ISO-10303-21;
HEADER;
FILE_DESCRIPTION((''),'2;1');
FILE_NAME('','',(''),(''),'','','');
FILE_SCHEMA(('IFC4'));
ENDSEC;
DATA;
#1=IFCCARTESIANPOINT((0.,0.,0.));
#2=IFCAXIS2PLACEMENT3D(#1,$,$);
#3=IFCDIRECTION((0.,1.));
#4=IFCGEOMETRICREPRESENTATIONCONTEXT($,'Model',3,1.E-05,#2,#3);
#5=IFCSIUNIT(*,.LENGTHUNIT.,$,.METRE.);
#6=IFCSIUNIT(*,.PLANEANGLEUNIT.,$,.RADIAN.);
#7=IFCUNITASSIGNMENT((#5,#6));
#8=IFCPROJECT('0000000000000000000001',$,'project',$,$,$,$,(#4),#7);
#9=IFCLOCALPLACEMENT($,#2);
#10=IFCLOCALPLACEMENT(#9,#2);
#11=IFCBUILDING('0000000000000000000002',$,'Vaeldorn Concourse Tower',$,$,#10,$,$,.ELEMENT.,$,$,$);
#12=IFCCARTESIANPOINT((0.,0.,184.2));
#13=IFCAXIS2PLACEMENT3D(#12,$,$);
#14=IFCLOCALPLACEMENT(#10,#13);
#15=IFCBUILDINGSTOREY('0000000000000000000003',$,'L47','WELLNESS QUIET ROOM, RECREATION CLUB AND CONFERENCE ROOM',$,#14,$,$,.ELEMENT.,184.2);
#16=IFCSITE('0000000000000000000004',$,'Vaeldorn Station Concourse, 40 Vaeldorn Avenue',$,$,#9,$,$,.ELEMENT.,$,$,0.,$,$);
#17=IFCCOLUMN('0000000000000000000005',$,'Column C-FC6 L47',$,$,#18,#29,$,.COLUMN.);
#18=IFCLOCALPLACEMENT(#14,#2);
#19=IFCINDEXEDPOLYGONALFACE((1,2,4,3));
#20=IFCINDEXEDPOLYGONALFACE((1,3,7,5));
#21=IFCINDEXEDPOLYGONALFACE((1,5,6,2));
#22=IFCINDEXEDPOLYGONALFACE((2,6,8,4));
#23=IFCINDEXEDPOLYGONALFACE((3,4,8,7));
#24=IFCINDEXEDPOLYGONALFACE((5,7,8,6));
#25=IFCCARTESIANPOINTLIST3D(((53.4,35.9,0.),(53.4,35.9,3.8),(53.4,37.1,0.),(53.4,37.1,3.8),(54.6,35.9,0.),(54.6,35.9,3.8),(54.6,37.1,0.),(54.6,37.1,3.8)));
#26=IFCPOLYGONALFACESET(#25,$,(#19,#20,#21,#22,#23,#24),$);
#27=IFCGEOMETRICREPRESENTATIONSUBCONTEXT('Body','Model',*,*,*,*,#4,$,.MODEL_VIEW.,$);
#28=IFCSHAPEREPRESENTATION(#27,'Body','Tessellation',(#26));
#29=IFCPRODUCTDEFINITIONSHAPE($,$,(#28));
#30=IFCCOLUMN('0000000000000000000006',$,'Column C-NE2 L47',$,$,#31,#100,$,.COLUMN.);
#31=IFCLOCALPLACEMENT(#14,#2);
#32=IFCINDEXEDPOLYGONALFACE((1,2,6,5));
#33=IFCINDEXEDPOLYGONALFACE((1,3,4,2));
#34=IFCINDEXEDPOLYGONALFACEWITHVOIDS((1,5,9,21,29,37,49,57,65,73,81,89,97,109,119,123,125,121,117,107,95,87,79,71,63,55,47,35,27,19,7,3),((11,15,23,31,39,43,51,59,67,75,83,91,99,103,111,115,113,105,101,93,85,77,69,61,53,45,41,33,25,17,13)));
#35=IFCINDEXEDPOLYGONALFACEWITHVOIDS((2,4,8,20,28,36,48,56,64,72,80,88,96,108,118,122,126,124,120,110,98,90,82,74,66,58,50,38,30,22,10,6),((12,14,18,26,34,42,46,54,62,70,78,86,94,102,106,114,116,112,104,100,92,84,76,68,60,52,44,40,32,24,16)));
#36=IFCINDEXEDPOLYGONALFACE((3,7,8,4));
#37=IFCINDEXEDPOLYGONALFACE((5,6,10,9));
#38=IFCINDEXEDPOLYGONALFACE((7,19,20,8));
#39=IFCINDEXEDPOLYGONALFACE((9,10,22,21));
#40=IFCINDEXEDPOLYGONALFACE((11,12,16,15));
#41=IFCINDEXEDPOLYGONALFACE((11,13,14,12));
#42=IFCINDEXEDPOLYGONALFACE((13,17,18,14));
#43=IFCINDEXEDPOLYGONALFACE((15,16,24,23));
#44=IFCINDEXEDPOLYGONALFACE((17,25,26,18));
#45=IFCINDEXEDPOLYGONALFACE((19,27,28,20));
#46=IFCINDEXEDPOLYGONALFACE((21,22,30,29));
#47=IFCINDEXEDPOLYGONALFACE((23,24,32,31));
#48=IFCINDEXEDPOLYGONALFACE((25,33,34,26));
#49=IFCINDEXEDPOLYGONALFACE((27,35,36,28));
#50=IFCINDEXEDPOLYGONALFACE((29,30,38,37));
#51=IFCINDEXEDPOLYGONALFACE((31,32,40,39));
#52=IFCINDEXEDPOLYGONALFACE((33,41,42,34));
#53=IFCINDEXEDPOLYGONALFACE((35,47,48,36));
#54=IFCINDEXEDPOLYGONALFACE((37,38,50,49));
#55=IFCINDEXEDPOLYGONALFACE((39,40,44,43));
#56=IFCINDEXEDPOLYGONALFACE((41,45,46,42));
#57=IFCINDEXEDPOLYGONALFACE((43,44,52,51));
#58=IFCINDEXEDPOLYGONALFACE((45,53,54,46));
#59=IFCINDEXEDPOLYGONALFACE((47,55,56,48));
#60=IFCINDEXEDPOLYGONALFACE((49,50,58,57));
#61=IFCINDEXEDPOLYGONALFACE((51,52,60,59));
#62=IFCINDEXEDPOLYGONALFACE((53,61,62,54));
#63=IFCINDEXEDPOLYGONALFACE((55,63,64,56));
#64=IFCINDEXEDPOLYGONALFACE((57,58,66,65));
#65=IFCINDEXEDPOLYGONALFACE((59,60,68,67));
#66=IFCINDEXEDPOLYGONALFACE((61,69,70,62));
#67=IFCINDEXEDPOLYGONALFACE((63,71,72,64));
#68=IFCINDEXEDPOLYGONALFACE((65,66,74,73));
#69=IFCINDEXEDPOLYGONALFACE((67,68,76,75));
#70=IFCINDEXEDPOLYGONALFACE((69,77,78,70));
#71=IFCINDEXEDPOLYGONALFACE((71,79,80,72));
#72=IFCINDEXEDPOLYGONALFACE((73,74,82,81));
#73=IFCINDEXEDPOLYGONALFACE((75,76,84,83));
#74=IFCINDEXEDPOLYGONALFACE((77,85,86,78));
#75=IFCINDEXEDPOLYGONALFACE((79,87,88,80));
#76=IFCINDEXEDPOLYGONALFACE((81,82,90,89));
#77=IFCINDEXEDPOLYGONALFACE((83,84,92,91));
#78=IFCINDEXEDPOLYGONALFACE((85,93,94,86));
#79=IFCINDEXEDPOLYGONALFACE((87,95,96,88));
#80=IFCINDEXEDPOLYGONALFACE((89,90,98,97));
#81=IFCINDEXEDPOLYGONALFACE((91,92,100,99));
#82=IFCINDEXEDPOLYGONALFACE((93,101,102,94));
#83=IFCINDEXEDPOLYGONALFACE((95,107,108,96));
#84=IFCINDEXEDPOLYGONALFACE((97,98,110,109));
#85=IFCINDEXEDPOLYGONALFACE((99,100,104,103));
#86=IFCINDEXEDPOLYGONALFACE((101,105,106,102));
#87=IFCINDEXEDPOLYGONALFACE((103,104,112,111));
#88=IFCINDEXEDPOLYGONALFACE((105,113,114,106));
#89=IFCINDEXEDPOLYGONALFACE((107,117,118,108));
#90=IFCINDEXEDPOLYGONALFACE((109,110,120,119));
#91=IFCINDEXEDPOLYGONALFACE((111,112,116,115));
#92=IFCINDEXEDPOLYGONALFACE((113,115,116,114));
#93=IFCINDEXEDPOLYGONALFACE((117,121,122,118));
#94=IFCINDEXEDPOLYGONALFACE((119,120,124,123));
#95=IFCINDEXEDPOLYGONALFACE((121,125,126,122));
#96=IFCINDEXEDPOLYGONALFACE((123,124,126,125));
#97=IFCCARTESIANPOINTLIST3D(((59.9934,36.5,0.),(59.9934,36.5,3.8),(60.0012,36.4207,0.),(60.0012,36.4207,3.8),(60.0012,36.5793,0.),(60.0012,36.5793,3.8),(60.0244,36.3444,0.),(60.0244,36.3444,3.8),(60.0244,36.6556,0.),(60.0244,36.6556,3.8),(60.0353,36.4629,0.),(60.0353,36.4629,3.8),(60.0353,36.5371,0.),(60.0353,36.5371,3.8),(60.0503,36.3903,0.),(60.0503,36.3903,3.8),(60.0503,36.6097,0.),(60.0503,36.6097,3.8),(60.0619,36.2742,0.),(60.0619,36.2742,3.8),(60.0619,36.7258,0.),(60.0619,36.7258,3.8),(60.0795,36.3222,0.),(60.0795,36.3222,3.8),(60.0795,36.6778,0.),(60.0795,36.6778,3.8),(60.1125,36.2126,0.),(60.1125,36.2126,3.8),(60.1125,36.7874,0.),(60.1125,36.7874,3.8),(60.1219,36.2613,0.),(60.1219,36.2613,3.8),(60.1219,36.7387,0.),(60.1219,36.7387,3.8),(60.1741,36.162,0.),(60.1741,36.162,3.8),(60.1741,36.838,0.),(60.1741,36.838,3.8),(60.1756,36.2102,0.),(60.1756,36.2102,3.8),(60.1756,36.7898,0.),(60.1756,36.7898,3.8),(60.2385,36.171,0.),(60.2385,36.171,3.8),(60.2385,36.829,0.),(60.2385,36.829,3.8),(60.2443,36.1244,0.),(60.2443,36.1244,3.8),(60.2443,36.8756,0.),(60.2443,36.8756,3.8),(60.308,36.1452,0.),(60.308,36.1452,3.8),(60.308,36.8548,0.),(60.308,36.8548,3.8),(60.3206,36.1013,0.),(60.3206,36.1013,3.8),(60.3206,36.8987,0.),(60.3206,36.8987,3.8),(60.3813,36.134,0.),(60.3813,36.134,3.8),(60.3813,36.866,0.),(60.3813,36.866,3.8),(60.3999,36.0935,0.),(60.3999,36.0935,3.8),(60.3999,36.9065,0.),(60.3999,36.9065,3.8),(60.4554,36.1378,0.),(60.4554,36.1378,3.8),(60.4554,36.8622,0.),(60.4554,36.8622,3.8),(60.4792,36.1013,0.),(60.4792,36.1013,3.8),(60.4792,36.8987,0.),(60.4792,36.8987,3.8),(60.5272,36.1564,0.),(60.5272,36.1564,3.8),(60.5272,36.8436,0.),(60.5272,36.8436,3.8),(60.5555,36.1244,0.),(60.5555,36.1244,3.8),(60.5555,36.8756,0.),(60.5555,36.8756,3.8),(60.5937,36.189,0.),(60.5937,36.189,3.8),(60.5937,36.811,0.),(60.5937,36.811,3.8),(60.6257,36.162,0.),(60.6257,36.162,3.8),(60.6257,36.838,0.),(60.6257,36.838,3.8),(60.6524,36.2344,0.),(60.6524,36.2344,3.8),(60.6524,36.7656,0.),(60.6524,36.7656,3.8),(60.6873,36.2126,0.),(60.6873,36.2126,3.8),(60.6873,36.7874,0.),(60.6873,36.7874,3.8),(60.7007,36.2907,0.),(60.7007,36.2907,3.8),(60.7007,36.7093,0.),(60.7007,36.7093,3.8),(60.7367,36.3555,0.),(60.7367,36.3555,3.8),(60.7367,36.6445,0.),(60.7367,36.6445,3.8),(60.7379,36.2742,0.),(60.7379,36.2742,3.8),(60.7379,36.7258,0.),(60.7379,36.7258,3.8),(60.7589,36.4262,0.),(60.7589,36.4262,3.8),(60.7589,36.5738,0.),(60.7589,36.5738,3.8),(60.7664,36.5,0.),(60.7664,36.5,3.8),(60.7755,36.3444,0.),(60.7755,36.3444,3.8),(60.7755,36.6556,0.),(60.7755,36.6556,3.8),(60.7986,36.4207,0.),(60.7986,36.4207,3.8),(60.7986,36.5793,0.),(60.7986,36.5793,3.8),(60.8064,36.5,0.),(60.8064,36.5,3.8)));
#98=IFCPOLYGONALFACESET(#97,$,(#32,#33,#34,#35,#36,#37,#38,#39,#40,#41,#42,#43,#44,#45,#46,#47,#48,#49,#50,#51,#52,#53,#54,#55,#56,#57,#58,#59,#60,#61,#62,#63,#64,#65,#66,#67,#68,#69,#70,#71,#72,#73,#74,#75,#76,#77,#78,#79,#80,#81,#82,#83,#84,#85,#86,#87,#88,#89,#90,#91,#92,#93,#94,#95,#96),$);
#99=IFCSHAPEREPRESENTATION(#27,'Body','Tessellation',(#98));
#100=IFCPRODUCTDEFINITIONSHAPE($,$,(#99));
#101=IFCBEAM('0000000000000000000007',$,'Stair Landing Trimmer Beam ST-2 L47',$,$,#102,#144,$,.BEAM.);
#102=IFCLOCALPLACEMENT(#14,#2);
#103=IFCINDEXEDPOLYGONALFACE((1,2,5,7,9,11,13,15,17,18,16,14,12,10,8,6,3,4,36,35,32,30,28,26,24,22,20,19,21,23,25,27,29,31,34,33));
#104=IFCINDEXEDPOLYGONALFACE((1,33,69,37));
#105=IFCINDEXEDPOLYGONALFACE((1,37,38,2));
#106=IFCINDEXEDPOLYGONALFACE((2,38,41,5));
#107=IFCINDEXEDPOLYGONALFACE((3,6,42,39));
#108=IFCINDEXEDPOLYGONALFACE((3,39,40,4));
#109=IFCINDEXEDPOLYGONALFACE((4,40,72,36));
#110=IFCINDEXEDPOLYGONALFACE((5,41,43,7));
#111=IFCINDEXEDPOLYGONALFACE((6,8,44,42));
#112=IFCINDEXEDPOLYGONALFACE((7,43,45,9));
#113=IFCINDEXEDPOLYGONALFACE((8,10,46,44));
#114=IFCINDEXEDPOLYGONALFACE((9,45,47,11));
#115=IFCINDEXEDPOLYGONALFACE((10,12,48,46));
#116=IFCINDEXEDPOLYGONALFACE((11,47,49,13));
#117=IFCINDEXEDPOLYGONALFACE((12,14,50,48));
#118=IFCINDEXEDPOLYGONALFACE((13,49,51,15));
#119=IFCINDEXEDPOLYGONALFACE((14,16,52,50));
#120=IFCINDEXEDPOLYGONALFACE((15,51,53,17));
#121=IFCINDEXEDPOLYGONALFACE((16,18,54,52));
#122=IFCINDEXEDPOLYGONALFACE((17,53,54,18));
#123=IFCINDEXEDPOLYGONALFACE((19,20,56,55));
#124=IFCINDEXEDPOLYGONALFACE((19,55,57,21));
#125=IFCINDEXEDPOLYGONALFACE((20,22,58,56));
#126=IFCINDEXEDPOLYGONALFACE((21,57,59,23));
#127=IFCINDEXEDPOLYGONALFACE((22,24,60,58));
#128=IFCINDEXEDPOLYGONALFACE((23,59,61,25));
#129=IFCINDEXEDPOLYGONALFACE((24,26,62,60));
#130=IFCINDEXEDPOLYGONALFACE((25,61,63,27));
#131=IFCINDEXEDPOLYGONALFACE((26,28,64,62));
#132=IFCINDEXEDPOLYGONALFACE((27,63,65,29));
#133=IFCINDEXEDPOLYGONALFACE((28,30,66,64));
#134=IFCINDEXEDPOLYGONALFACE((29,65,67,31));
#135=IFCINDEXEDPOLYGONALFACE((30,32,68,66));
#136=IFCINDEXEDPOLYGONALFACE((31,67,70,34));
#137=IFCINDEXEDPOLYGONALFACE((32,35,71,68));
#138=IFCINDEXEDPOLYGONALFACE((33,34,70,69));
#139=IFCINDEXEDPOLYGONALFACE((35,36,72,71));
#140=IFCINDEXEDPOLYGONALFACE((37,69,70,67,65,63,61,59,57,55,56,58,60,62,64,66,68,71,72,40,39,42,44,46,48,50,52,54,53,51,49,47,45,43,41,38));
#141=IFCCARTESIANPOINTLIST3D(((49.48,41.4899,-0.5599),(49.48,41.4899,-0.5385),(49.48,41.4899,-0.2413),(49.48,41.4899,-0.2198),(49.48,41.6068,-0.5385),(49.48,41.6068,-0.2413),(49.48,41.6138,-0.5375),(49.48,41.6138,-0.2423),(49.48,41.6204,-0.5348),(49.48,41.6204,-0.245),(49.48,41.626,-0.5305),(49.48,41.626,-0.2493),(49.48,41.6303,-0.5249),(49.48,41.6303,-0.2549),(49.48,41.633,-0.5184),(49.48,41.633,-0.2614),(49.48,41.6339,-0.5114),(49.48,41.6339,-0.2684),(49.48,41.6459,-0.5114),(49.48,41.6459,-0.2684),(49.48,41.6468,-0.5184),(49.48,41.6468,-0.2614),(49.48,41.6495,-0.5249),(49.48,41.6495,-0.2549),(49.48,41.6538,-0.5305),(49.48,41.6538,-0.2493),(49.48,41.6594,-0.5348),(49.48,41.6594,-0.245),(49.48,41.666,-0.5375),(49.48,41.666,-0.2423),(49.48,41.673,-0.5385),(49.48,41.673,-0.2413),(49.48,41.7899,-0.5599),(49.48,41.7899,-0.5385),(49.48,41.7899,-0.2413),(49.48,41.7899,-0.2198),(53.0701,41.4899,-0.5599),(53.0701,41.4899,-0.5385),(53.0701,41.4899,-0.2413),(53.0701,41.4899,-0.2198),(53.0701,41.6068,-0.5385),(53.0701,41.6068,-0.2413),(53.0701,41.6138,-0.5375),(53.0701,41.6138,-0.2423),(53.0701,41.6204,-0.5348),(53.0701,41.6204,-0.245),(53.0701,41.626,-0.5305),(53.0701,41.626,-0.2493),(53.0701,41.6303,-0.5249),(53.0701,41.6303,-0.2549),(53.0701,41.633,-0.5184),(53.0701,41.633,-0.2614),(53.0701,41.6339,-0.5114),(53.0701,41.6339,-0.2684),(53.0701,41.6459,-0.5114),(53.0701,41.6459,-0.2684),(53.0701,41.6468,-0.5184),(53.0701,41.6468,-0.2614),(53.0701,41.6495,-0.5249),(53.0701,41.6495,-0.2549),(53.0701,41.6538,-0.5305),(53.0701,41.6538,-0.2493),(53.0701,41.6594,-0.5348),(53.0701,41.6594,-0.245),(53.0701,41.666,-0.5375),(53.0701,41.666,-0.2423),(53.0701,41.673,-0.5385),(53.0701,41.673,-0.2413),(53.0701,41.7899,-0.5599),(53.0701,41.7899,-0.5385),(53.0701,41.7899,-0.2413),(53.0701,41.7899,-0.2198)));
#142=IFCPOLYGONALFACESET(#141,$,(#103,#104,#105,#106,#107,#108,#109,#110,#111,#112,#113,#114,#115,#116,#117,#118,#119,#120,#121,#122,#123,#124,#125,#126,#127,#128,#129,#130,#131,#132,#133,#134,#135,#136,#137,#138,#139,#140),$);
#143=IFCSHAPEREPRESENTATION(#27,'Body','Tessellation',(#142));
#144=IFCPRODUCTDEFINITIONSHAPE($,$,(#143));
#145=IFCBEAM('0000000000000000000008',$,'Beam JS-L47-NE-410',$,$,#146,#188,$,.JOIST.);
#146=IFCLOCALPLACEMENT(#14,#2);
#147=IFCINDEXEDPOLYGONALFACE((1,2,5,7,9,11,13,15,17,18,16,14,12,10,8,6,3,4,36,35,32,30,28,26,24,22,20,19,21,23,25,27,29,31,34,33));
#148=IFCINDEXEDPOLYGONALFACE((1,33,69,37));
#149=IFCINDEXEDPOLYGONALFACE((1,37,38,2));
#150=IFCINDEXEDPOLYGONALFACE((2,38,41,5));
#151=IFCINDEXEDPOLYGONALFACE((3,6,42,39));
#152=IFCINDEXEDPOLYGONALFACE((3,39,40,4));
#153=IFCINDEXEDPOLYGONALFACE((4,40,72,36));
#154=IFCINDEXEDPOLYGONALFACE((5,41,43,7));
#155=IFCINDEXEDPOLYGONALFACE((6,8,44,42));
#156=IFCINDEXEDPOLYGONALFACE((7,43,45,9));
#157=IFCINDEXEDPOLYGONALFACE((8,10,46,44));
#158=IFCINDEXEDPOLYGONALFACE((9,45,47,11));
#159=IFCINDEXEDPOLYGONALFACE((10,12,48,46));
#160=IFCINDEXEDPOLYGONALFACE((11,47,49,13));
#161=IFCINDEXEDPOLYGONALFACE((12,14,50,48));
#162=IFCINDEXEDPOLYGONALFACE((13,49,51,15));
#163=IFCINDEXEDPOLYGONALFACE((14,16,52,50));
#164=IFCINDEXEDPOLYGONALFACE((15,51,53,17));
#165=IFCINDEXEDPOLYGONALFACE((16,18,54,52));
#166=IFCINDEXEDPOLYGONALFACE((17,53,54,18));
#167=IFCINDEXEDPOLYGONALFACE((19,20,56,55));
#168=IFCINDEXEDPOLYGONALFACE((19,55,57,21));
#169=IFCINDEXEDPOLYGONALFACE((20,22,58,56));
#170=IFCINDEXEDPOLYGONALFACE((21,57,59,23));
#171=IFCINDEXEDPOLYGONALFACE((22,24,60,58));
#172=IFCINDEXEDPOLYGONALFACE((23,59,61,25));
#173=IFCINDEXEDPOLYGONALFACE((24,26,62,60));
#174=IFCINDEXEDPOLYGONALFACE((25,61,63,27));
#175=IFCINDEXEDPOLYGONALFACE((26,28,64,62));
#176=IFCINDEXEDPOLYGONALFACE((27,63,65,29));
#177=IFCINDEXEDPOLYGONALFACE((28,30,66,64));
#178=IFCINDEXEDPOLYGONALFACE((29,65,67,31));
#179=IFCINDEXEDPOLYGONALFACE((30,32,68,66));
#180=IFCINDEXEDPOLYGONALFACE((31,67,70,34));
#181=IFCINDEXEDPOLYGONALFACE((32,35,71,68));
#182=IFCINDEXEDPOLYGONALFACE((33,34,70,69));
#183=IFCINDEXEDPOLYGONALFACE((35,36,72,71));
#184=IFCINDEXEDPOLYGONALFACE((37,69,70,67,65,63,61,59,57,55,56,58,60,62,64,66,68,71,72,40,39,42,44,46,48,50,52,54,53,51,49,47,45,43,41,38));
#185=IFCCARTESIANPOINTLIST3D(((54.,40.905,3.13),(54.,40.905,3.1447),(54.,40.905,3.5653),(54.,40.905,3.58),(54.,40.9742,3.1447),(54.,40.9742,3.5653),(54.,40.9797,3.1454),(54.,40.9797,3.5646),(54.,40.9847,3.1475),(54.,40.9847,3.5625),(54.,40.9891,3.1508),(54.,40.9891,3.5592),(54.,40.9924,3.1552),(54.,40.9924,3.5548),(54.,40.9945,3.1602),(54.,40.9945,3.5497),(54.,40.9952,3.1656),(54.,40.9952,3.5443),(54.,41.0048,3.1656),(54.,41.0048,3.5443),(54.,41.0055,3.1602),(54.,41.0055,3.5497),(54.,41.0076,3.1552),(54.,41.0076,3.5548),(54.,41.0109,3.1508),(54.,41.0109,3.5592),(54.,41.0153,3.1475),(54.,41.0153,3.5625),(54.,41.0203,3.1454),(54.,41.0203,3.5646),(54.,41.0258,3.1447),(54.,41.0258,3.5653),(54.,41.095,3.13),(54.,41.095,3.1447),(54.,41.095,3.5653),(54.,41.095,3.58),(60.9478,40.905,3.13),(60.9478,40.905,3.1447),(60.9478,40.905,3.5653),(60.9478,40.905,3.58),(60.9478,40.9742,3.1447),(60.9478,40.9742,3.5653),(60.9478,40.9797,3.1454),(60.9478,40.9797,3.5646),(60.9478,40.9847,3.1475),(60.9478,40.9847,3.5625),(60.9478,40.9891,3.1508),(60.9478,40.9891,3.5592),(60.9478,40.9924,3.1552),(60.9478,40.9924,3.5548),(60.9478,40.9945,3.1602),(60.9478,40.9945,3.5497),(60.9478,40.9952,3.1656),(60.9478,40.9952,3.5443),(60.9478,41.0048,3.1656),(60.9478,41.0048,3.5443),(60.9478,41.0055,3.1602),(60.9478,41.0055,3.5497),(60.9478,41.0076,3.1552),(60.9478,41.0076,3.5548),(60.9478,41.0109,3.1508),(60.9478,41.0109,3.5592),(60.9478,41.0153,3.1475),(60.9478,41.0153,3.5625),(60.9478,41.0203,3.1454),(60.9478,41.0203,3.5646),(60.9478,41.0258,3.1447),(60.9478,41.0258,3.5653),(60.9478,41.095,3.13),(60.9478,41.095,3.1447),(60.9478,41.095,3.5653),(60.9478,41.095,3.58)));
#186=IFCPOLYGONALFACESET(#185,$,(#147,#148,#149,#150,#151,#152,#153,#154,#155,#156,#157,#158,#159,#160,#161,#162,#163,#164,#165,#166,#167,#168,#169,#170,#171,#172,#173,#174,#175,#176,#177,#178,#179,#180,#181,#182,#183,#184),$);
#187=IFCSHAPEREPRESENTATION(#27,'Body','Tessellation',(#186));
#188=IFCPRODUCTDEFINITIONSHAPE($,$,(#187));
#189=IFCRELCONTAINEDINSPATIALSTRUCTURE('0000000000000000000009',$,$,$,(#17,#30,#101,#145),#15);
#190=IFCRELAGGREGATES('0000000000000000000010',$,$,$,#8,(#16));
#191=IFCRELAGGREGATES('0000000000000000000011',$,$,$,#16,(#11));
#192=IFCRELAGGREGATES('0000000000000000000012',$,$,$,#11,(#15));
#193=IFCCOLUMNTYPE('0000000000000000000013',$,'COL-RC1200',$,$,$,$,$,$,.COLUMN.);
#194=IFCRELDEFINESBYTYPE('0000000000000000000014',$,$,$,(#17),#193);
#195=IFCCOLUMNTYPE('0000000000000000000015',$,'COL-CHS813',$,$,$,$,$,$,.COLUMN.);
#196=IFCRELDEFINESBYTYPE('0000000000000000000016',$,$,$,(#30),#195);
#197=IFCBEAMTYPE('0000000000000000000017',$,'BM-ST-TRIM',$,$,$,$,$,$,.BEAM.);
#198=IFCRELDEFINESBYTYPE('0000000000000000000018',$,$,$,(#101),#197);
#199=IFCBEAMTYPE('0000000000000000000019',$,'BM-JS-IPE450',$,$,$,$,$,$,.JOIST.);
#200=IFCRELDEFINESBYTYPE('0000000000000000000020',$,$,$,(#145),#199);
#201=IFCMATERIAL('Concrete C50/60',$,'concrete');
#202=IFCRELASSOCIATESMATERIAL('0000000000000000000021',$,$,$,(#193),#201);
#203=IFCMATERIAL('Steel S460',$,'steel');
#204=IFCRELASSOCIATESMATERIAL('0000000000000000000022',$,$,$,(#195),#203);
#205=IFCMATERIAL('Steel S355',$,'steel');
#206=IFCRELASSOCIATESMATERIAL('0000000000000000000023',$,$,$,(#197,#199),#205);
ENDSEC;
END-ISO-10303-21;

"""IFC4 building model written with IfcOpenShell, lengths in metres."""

from ifc_helpers import new_model, si_unit, direction, frame, origin, origin_2d, place, context, subcontext, project, spatial, rectangle, hollow_circle, i_section, extrude, source, transform, mapped, material, material_profile, profile_set, type_object, element, save


model = new_model("IFC4")

# Units and contexts
model_context = context("Model", 3, precision=1e-05, world=origin(), true_north=direction((0.0, 1.0)))
body_context = subcontext(model_context, "Body", "Model", "MODEL_VIEW")
ifc_project = project(units=[si_unit("LENGTHUNIT", "METRE"), si_unit("PLANEANGLEUNIT", "RADIAN")], contexts=[model_context])

# Site, building, storey
site_placement = place(None, origin())
site = spatial("IfcSite", under=ifc_project, at=site_placement, Name="Vaeldorn Station Concourse, 40 Vaeldorn Avenue", CompositionType="ELEMENT", RefElevation=0.0)
building_placement = place(site_placement, origin())
building = spatial("IfcBuilding", under=site, at=building_placement, Name="Vaeldorn Concourse Tower", CompositionType="ELEMENT")
storey_placement = place(building_placement, frame((0.0, 0.0, 184.2)))
storey = spatial("IfcBuildingStorey", under=building, at=storey_placement, Name="L47", Description="WELLNESS QUIET ROOM, RECREATION CLUB AND CONFERENCE ROOM", CompositionType="ELEMENT", Elevation=184.2)

# Columns
ifc_material_1 = material(Name="Concrete C50/60", Category="concrete")
ifc_material_profile_1 = material_profile(ifc_material_1, rectangle(XDim=1.2, YDim=1.2, at=origin_2d()), Name="RC 1200x1200")
ifc_profile_set_1 = profile_set([ifc_material_profile_1], Name="Concrete C50/60")
column_type_1 = type_object("IfcColumnType", Name="COL-RC1200", PredefinedType="COLUMN", material=ifc_profile_set_1)
shared_shape_1 = source(origin(), body_context, "Body", "SweptSolid", [
    extrude(rectangle(XDim=1.2, YDim=1.2, at=origin_2d()), origin(), (0.0, 0.0, 1.0), 3.8),
])
column_1_placement = place(storey_placement, frame((54.0, 36.5, 0.0), z_axis=(0.0, 0.0, 1.0), x_axis=(1.0, 0.0, 0.0)))
element("IfcColumn", 1, at=column_1_placement, inside=storey, type_object=column_type_1, Name="Column C-FC6 L47", PredefinedType="COLUMN", context=body_context, shape_type="MappedRepresentation", body=[
    mapped(shared_shape_1, transform((0.0, 0.0, 0.0), scale=1.0)),
])
ifc_material_2 = material(Name="Steel S460", Category="steel")
ifc_material_profile_2 = material_profile(ifc_material_2, hollow_circle(Radius=0.4065, WallThickness=0.04, at=origin_2d()), Name="CHS 813x40")
ifc_profile_set_2 = profile_set([ifc_material_profile_2], Name="Steel S460")
column_type_2 = type_object("IfcColumnType", Name="COL-CHS813", PredefinedType="COLUMN", material=ifc_profile_set_2)
shared_shape_2 = source(origin(), body_context, "Body", "SweptSolid", [
    extrude(hollow_circle(Radius=0.4065, WallThickness=0.04, at=origin_2d()), origin(), (0.0, 0.0, 1.0), 3.8),
])
column_2_placement = place(storey_placement, frame((60.3999, 36.5, 0.0), z_axis=(0.0, 0.0, 1.0), x_axis=(1.0, 0.0, 0.0)))
element("IfcColumn", 2, at=column_2_placement, inside=storey, type_object=column_type_2, Name="Column C-NE2 L47", PredefinedType="COLUMN", context=body_context, shape_type="MappedRepresentation", body=[
    mapped(shared_shape_2, transform((0.0, 0.0, 0.0), scale=1.0)),
])

# Beams
ifc_material_3 = material(Name="Steel S355", Category="steel")
ifc_material_profile_3 = material_profile(ifc_material_3, i_section(OverallWidth=0.3, OverallDepth=0.3401, WebThickness=0.012, FlangeThickness=0.0215, FilletRadius=0.0271, at=origin_2d()), Name="HEB 340")
ifc_profile_set_3 = profile_set([ifc_material_profile_3], Name="Steel S355")
beam_type_1 = type_object("IfcBeamType", Name="BM-ST-TRIM", PredefinedType="BEAM", material=ifc_profile_set_3)
shared_shape_3 = source(origin(), body_context, "Body", "SweptSolid", [
    extrude(i_section(OverallWidth=0.3, OverallDepth=0.3401, WebThickness=0.012, FlangeThickness=0.0215, FilletRadius=0.0271, at=origin_2d()), origin(), (0.0, 0.0, 1.0), 3.5901),
])
beam_1_placement = place(storey_placement, frame((49.48, 41.6399, -0.3899), z_axis=(1.0, 0.0, 0.0), x_axis=(0.0, 1.0, 0.0)))
element("IfcBeam", 3, at=beam_1_placement, inside=storey, type_object=beam_type_1, Name="Stair Landing Trimmer Beam ST-2 L47", PredefinedType="BEAM", context=body_context, shape_type="MappedRepresentation", body=[
    mapped(shared_shape_3, transform((0.0, 0.0, 0.0), scale=1.0)),
])
ifc_material_profile_4 = material_profile(ifc_material_3, i_section(OverallWidth=0.1899, OverallDepth=0.45, WebThickness=0.0095, FlangeThickness=0.0146, FilletRadius=0.021, at=origin_2d()), Name="IPE 450")
ifc_profile_set_4 = profile_set([ifc_material_profile_4], Name="Steel S355")
beam_type_2 = type_object("IfcBeamType", Name="BM-JS-IPE450", PredefinedType="JOIST", material=ifc_profile_set_4)
shared_shape_4 = source(origin(), body_context, "Body", "SweptSolid", [
    extrude(i_section(OverallWidth=0.1899, OverallDepth=0.45, WebThickness=0.0095, FlangeThickness=0.0146, FilletRadius=0.021, at=origin_2d()), origin(), (0.0, 0.0, 1.0), 6.9478),
])
beam_2_placement = place(storey_placement, frame((54.0, 41.0, 3.355), z_axis=(1.0, 0.0, 0.0), x_axis=(0.0, 1.0, 0.0)))
element("IfcBeam", 4, at=beam_2_placement, inside=storey, type_object=beam_type_2, Name="Beam JS-L47-NE-410", PredefinedType="JOIST", context=body_context, shape_type="MappedRepresentation", body=[
    mapped(shared_shape_4, transform((0.0, 0.0, 0.0), scale=1.0)),
])

save(model, "model.ifc")
